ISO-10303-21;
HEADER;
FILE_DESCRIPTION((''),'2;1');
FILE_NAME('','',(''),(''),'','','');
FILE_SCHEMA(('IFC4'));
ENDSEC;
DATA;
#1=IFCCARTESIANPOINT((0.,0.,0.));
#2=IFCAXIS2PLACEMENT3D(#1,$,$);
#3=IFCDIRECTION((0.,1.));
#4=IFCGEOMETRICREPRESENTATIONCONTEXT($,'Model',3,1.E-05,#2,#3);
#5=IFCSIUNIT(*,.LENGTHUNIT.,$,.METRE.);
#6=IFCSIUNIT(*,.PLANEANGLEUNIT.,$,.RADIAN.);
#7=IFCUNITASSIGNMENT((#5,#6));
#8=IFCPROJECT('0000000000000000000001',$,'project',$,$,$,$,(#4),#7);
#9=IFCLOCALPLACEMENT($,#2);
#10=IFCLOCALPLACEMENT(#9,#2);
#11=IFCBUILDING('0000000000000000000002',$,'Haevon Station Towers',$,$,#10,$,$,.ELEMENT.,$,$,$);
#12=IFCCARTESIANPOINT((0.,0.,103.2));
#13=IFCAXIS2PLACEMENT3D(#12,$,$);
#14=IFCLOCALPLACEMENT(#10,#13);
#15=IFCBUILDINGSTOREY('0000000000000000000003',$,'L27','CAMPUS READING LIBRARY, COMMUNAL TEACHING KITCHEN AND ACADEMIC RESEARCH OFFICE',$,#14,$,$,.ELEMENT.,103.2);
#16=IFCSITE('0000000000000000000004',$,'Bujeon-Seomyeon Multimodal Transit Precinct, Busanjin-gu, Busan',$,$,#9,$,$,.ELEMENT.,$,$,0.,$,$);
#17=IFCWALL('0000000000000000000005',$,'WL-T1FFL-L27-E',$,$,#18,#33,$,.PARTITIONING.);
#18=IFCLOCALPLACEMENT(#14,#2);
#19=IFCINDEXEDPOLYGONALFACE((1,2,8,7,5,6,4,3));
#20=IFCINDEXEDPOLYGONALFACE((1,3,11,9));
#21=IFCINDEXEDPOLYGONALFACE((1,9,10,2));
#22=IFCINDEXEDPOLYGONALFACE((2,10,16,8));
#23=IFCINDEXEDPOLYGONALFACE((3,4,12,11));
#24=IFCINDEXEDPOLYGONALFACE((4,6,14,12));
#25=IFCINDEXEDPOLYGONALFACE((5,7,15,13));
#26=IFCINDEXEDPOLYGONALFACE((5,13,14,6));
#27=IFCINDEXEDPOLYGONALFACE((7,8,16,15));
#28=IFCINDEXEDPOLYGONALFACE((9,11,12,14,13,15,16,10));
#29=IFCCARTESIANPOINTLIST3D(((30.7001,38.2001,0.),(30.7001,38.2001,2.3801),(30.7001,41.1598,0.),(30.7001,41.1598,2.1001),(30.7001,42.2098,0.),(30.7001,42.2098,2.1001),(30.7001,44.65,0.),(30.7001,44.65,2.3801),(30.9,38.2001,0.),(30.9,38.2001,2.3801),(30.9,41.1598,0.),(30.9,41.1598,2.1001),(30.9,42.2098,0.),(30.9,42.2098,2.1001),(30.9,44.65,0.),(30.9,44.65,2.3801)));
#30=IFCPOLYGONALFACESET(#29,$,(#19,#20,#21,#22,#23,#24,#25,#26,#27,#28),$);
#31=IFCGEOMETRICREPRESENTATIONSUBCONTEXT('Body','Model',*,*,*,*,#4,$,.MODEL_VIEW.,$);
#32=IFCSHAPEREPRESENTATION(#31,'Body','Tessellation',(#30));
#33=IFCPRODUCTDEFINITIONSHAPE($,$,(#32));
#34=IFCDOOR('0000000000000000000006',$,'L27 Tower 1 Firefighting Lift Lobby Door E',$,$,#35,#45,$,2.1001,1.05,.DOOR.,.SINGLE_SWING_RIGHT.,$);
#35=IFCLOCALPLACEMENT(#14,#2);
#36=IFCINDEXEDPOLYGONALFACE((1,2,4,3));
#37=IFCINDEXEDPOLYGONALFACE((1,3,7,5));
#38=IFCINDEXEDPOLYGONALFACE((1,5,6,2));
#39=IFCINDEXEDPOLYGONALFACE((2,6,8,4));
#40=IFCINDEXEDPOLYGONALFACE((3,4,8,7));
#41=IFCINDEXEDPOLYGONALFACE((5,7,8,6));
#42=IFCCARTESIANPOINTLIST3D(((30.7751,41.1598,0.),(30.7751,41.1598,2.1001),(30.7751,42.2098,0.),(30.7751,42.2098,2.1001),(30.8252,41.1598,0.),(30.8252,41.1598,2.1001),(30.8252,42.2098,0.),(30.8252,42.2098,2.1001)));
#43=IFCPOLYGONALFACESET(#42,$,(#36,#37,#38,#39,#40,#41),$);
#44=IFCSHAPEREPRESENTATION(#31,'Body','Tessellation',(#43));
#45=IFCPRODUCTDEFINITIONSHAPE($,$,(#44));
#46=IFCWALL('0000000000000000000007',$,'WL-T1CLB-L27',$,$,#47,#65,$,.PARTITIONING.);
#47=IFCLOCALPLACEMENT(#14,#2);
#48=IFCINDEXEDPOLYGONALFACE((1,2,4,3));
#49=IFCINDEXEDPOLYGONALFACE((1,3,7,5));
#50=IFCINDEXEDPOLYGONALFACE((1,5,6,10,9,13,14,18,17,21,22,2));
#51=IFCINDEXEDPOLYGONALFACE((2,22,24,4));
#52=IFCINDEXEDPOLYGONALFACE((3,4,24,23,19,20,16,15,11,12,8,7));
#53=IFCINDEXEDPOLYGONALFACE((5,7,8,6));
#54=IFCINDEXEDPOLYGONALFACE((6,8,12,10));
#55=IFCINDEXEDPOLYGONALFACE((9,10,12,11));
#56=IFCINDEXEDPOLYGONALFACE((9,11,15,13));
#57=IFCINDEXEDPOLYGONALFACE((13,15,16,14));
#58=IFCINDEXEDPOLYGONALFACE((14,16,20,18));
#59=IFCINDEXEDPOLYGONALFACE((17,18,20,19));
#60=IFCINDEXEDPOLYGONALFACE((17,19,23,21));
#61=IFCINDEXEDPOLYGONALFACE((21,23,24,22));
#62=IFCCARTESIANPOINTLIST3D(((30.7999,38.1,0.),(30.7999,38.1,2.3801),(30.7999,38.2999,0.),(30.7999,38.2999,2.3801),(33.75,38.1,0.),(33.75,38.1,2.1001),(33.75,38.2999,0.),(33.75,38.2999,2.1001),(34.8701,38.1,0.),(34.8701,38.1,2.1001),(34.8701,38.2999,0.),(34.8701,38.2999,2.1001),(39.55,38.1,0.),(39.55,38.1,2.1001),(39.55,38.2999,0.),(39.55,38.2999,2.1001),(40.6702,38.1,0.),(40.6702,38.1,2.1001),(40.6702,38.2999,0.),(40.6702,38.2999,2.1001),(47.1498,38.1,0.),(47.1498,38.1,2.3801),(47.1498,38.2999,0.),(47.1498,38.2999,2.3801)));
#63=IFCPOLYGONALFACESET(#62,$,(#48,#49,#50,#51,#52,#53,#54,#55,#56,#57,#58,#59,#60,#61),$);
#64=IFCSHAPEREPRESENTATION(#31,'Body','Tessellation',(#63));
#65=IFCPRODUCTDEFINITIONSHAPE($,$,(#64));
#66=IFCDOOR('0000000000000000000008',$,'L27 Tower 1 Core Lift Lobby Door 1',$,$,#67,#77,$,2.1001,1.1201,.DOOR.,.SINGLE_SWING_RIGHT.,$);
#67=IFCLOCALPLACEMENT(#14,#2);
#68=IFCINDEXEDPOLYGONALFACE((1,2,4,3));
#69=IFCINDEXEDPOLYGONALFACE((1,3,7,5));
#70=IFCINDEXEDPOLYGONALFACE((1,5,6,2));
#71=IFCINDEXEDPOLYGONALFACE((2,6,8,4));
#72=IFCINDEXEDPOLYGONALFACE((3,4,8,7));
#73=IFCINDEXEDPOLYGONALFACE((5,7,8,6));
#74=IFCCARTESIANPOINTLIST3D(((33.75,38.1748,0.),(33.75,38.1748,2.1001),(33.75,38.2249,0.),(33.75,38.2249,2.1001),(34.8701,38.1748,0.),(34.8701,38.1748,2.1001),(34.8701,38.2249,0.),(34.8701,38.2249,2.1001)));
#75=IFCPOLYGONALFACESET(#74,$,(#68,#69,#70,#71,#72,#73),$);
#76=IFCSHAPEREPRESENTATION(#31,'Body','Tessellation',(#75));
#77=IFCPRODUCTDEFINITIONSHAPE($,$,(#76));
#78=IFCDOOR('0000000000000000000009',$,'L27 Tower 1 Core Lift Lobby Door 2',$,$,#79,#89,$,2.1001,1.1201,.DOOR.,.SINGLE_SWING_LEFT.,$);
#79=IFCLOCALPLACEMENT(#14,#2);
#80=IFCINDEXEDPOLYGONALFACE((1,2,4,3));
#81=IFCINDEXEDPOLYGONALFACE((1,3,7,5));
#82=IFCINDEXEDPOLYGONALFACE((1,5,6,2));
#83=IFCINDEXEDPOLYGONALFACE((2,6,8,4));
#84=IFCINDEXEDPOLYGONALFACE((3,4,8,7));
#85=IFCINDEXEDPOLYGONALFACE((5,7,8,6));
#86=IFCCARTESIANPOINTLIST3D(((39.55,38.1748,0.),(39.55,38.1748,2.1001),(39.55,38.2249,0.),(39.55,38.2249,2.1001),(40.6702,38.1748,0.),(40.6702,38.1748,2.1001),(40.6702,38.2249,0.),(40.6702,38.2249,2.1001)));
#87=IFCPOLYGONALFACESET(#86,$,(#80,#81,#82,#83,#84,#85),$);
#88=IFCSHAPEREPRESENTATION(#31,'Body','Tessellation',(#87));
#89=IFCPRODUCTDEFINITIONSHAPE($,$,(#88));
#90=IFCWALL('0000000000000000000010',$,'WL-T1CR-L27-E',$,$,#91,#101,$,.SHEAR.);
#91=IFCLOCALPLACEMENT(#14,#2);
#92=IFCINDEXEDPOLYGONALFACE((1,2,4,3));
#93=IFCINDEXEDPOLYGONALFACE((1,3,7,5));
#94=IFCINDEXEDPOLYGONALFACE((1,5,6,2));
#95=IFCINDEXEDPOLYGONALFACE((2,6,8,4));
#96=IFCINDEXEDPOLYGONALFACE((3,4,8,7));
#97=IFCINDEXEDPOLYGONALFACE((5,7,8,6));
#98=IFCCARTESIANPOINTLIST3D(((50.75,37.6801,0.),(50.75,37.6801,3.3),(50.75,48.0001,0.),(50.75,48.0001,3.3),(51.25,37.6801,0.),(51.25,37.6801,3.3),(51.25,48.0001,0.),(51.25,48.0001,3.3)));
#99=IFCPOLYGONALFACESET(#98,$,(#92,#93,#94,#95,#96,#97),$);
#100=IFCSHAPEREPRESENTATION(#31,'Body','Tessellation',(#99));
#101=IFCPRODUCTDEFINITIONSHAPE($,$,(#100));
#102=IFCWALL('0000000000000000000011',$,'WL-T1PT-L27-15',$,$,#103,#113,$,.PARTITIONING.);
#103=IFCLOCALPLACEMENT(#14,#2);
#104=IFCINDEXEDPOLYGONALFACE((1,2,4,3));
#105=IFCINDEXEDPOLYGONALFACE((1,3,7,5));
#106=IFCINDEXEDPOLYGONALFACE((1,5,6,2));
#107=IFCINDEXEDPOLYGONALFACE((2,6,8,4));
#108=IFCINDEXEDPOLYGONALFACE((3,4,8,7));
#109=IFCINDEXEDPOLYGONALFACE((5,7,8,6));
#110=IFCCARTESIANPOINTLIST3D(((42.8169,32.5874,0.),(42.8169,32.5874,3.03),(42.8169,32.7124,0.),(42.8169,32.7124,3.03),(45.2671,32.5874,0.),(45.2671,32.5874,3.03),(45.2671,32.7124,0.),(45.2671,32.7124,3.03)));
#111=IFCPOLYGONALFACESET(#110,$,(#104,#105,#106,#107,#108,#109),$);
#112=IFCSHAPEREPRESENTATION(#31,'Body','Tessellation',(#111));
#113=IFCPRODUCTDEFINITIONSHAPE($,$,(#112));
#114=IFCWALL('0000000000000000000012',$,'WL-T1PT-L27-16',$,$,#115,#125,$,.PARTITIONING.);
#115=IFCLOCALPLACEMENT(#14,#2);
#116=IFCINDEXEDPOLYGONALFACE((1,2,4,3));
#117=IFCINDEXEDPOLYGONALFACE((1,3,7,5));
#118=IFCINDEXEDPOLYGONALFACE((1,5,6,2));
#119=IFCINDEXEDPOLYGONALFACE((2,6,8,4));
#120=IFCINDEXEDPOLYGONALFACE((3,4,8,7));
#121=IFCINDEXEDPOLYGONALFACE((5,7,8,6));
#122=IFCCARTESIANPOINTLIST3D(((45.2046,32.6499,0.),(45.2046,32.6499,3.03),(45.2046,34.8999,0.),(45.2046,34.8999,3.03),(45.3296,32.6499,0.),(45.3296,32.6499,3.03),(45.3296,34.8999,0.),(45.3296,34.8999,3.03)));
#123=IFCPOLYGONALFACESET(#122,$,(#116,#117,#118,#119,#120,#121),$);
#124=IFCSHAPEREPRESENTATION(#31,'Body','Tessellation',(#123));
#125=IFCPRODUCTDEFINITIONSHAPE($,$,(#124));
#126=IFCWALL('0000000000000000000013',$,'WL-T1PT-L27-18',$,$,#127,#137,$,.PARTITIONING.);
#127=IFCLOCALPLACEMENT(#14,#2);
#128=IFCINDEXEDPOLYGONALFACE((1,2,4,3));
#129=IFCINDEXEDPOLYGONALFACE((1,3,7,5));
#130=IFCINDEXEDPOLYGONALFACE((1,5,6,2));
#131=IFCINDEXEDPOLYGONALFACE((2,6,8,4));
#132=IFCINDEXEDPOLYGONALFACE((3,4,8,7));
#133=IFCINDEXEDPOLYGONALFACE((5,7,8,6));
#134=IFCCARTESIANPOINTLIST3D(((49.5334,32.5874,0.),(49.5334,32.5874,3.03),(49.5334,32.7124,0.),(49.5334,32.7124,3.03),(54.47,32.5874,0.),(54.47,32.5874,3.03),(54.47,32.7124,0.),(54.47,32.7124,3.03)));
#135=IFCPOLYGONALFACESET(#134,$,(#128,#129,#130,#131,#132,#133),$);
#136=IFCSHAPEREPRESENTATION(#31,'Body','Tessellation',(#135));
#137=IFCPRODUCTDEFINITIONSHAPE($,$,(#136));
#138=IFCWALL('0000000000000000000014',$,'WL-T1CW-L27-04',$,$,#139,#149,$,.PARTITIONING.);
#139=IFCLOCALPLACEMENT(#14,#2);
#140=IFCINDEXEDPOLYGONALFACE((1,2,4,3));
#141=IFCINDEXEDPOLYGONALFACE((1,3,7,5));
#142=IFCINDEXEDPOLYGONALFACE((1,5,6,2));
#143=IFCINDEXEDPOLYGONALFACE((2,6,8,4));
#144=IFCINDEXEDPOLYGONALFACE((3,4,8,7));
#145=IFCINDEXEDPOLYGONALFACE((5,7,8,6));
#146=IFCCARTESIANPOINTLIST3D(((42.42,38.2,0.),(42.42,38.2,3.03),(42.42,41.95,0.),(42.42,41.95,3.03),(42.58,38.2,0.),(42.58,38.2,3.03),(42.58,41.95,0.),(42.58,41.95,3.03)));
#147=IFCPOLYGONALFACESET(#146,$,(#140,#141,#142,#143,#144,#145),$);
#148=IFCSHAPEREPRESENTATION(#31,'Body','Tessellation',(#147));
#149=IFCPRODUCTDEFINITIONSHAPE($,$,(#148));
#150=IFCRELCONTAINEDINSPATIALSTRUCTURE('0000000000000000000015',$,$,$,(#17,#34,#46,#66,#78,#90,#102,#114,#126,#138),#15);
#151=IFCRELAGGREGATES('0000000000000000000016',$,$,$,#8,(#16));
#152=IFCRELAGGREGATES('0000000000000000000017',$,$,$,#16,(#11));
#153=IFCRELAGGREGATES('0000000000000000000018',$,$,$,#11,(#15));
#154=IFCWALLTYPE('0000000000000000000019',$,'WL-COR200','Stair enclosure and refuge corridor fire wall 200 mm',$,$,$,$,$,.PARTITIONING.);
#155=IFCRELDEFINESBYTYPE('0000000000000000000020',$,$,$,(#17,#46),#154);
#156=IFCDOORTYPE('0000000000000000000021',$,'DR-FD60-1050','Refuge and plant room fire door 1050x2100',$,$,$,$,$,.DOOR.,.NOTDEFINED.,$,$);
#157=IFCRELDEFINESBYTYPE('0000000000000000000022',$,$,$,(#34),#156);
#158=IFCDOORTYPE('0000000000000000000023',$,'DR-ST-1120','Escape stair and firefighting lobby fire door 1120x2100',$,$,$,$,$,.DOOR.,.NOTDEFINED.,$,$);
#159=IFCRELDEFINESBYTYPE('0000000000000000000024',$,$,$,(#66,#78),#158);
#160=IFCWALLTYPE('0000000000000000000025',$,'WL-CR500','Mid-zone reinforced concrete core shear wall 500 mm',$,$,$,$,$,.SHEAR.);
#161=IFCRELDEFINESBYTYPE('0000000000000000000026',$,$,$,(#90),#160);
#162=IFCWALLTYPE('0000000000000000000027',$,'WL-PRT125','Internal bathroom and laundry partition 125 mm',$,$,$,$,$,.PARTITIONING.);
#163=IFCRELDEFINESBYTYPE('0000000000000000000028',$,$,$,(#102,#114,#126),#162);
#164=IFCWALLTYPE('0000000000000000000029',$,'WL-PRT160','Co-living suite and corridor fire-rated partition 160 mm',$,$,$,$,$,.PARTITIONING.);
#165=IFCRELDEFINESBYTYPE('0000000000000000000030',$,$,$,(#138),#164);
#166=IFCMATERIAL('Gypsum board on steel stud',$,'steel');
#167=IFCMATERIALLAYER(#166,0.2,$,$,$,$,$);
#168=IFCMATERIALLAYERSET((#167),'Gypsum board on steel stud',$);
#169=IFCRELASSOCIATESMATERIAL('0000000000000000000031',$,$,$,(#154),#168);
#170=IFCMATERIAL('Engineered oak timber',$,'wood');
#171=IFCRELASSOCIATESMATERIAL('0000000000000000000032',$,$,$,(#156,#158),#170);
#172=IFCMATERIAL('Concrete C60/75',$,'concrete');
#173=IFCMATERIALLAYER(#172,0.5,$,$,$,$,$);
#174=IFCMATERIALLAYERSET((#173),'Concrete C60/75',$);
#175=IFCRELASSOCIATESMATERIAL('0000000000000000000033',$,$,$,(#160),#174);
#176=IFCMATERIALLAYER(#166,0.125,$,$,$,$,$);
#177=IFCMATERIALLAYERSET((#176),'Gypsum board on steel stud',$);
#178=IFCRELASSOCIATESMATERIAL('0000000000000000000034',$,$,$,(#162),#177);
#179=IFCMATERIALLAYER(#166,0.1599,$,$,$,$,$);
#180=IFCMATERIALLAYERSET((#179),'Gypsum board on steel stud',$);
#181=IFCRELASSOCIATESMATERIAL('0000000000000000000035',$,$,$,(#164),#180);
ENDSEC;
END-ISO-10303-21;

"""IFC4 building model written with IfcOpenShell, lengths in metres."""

from ifc_helpers import new_model, si_unit, direction, frame, frame_2d, origin, place, context, subcontext, project, spatial, rectangle, extrude, material, layer, layer_set, type_object, element, fill, save


model = new_model("IFC4")

# Units and contexts
model_context = context("Model", 3, precision=1e-05, world=origin(), true_north=direction((0.0, 1.0)))
body_context = subcontext(model_context, "Body", "Model", "MODEL_VIEW")
ifc_project = project(units=[si_unit("LENGTHUNIT", "METRE"), si_unit("PLANEANGLEUNIT", "RADIAN")], contexts=[model_context])

# Site, building, storey
site_placement = place(None, origin())
site = spatial("IfcSite", under=ifc_project, at=site_placement, Name="Bujeon-Seomyeon Multimodal Transit Precinct, Busanjin-gu, Busan", CompositionType="ELEMENT", RefElevation=0.0)
building_placement = place(site_placement, origin())
building = spatial("IfcBuilding", under=site, at=building_placement, Name="Haevon Station Towers", CompositionType="ELEMENT")
storey_placement = place(building_placement, frame((0.0, 0.0, 103.2)))
storey = spatial("IfcBuildingStorey", under=building, at=storey_placement, Name="L27", Description="CAMPUS READING LIBRARY, COMMUNAL TEACHING KITCHEN AND ACADEMIC RESEARCH OFFICE", CompositionType="ELEMENT", Elevation=103.2)

# Wall, opening, door
ifc_material_1 = material(Name="Gypsum board on steel stud", Category="steel")
ifc_layer_1 = layer(ifc_material_1, 0.2)
ifc_layer_set_1 = layer_set([ifc_layer_1], Name="Gypsum board on steel stud")
wall_type_1 = type_object("IfcWallType", Name="WL-COR200", Description="Stair enclosure and refuge corridor fire wall 200 mm", PredefinedType="PARTITIONING", material=ifc_layer_set_1)
wall_1_placement = place(storey_placement, frame((30.8, 38.2, 0.0), z_axis=(0.0, 0.0, 1.0), x_axis=(0.0, 1.0, 0.0)))
wall_1 = element("IfcWall", 1, at=wall_1_placement, inside=storey, type_object=wall_type_1, Name="WL-T1FFL-L27-E", PredefinedType="PARTITIONING", context=body_context, shape_type="SweptSolid", body=[
    extrude(rectangle(XDim=6.45, YDim=0.2, at=frame_2d((3.2251, 0.0))), origin(), (0.0, 0.0, 1.0), 2.3801),
])
opening_1_placement = place(wall_1_placement, frame((2.96, 0.0, 0.0)))
opening_1 = element("IfcOpeningElement", 2, at=opening_1_placement, cuts=wall_1, PredefinedType="OPENING", context=body_context, shape_type="SweptSolid", body=[
    extrude(rectangle(XDim=1.05, YDim=2.1001, at=frame_2d((0.5249, 1.05))), frame((0.0, 0.1099, 0.0), z_axis=(0.0, -1.0, 0.0), x_axis=(1.0, 0.0, 0.0)), (0.0, 0.0, 1.0), 0.22),
])
ifc_material_2 = material(Name="Engineered oak timber", Category="wood")
door_type_1 = type_object("IfcDoorType", Name="DR-FD60-1050", Description="Refuge and plant room fire door 1050x2100", OperationType="NOTDEFINED", PredefinedType="DOOR", material=ifc_material_2)
door_1_placement = place(opening_1_placement, origin())
door_1 = element("IfcDoor", 3, at=door_1_placement, inside=storey, type_object=door_type_1, Name="L27 Tower 1 Firefighting Lift Lobby Door E", OperationType="SINGLE_SWING_RIGHT", OverallHeight=2.1001, OverallWidth=1.05, PredefinedType="DOOR", context=body_context, shape_type="SweptSolid", body=[
    extrude(rectangle(XDim=1.05, YDim=2.1001, at=frame_2d((0.5249, 1.05))), frame((0.0, 0.0249, 0.0), z_axis=(0.0, -1.0, 0.0), x_axis=(1.0, 0.0, 0.0)), (0.0, 0.0, 1.0), 0.05),
])
fill(opening_1, door_1)

# Wall, openings, doors
wall_2_placement = place(storey_placement, frame((30.8, 38.2, 0.0), z_axis=(0.0, 0.0, 1.0), x_axis=(1.0, 0.0, 0.0)))
wall_2 = element("IfcWall", 4, at=wall_2_placement, inside=storey, type_object=wall_type_1, Name="WL-T1CLB-L27", PredefinedType="PARTITIONING", context=body_context, shape_type="SweptSolid", body=[
    extrude(rectangle(XDim=16.3499, YDim=0.2, at=frame_2d((8.1748, 0.0))), origin(), (0.0, 0.0, 1.0), 2.3801),
])
opening_2_placement = place(wall_2_placement, frame((2.95, 0.0, 0.0)))
opening_2 = element("IfcOpeningElement", 5, at=opening_2_placement, cuts=wall_2, PredefinedType="OPENING", context=body_context, shape_type="SweptSolid", body=[
    extrude(rectangle(XDim=1.1201, YDim=2.1001, at=frame_2d((0.5601, 1.05))), frame((0.0, 0.1099, 0.0), z_axis=(0.0, -1.0, 0.0), x_axis=(1.0, 0.0, 0.0)), (0.0, 0.0, 1.0), 0.22),
])
opening_3_placement = place(wall_2_placement, frame((8.75, 0.0, 0.0)))
opening_3 = element("IfcOpeningElement", 6, at=opening_3_placement, cuts=wall_2, PredefinedType="OPENING", context=body_context, shape_type="SweptSolid", body=[
    extrude(rectangle(XDim=1.1201, YDim=2.1001, at=frame_2d((0.5601, 1.05))), frame((0.0, 0.1099, 0.0), z_axis=(0.0, -1.0, 0.0), x_axis=(1.0, 0.0, 0.0)), (0.0, 0.0, 1.0), 0.22),
])
door_type_2 = type_object("IfcDoorType", Name="DR-ST-1120", Description="Escape stair and firefighting lobby fire door 1120x2100", OperationType="NOTDEFINED", PredefinedType="DOOR", material=ifc_material_2)
door_2_placement = place(opening_2_placement, origin())
door_2 = element("IfcDoor", 7, at=door_2_placement, inside=storey, type_object=door_type_2, Name="L27 Tower 1 Core Lift Lobby Door 1", OperationType="SINGLE_SWING_RIGHT", OverallHeight=2.1001, OverallWidth=1.1201, PredefinedType="DOOR", context=body_context, shape_type="SweptSolid", body=[
    extrude(rectangle(XDim=1.1201, YDim=2.1001, at=frame_2d((0.5601, 1.05))), frame((0.0, 0.0249, 0.0), z_axis=(0.0, -1.0, 0.0), x_axis=(1.0, 0.0, 0.0)), (0.0, 0.0, 1.0), 0.05),
])
fill(opening_2, door_2)
door_3_placement = place(opening_3_placement, origin())
door_3 = element("IfcDoor", 8, at=door_3_placement, inside=storey, type_object=door_type_2, Name="L27 Tower 1 Core Lift Lobby Door 2", OperationType="SINGLE_SWING_LEFT", OverallHeight=2.1001, OverallWidth=1.1201, PredefinedType="DOOR", context=body_context, shape_type="SweptSolid", body=[
    extrude(rectangle(XDim=1.1201, YDim=2.1001, at=frame_2d((0.5601, 1.05))), frame((0.0, 0.0249, 0.0), z_axis=(0.0, -1.0, 0.0), x_axis=(1.0, 0.0, 0.0)), (0.0, 0.0, 1.0), 0.05),
])
fill(opening_3, door_3)

# Walls
ifc_material_3 = material(Name="Concrete C60/75", Category="concrete")
ifc_layer_2 = layer(ifc_material_3, 0.5)
ifc_layer_set_2 = layer_set([ifc_layer_2], Name="Concrete C60/75")
wall_type_2 = type_object("IfcWallType", Name="WL-CR500", Description="Mid-zone reinforced concrete core shear wall 500 mm", PredefinedType="SHEAR", material=ifc_layer_set_2)
wall_3_placement = place(storey_placement, frame((51.0, 37.6799, 0.0), z_axis=(0.0, 0.0, 1.0), x_axis=(0.0, 1.0, 0.0)))
element("IfcWall", 9, at=wall_3_placement, inside=storey, type_object=wall_type_2, Name="WL-T1CR-L27-E", PredefinedType="SHEAR", context=body_context, shape_type="SweptSolid", body=[
    extrude(rectangle(XDim=10.3201, YDim=0.5, at=frame_2d((5.1602, 0.0))), origin(), (0.0, 0.0, 1.0), 3.3),
])
ifc_layer_3 = layer(ifc_material_1, 0.125)
ifc_layer_set_3 = layer_set([ifc_layer_3], Name="Gypsum board on steel stud")
wall_type_3 = type_object("IfcWallType", Name="WL-PRT125", Description="Internal bathroom and laundry partition 125 mm", PredefinedType="PARTITIONING", material=ifc_layer_set_3)
wall_4_placement = place(storey_placement, frame((42.8169, 32.6499, 0.0), z_axis=(0.0, 0.0, 1.0), x_axis=(1.0, 0.0, 0.0)))
element("IfcWall", 10, at=wall_4_placement, inside=storey, type_object=wall_type_3, Name="WL-T1PT-L27-15", PredefinedType="PARTITIONING", context=body_context, shape_type="SweptSolid", body=[
    extrude(rectangle(XDim=2.4502, YDim=0.125, at=frame_2d((1.2251, 0.0))), origin(), (0.0, 0.0, 1.0), 3.03),
])
wall_5_placement = place(storey_placement, frame((45.2671, 32.6499, 0.0), z_axis=(0.0, 0.0, 1.0), x_axis=(0.0, 1.0, 0.0)))
element("IfcWall", 11, at=wall_5_placement, inside=storey, type_object=wall_type_3, Name="WL-T1PT-L27-16", PredefinedType="PARTITIONING", context=body_context, shape_type="SweptSolid", body=[
    extrude(rectangle(XDim=2.25, YDim=0.125, at=frame_2d((1.125, 0.0))), origin(), (0.0, 0.0, 1.0), 3.03),
])
wall_6_placement = place(storey_placement, frame((49.5334, 32.6499, 0.0), z_axis=(0.0, 0.0, 1.0), x_axis=(1.0, 0.0, 0.0)))
element("IfcWall", 12, at=wall_6_placement, inside=storey, type_object=wall_type_3, Name="WL-T1PT-L27-18", PredefinedType="PARTITIONING", context=body_context, shape_type="SweptSolid", body=[
    extrude(rectangle(XDim=4.9365, YDim=0.125, at=frame_2d((2.4683, 0.0))), origin(), (0.0, 0.0, 1.0), 3.03),
])
ifc_layer_4 = layer(ifc_material_1, 0.1599)
ifc_layer_set_4 = layer_set([ifc_layer_4], Name="Gypsum board on steel stud")
wall_type_4 = type_object("IfcWallType", Name="WL-PRT160", Description="Co-living suite and corridor fire-rated partition 160 mm", PredefinedType="PARTITIONING", material=ifc_layer_set_4)
wall_7_placement = place(storey_placement, frame((42.5, 38.2, 0.0), z_axis=(0.0, 0.0, 1.0), x_axis=(0.0, 1.0, 0.0)))
element("IfcWall", 13, at=wall_7_placement, inside=storey, type_object=wall_type_4, Name="WL-T1CW-L27-04", PredefinedType="PARTITIONING", context=body_context, shape_type="SweptSolid", body=[
    extrude(rectangle(XDim=3.75, YDim=0.1599, at=frame_2d((1.875, 0.0))), origin(), (0.0, 0.0, 1.0), 3.03),
])

save(model, "model.ifc")
